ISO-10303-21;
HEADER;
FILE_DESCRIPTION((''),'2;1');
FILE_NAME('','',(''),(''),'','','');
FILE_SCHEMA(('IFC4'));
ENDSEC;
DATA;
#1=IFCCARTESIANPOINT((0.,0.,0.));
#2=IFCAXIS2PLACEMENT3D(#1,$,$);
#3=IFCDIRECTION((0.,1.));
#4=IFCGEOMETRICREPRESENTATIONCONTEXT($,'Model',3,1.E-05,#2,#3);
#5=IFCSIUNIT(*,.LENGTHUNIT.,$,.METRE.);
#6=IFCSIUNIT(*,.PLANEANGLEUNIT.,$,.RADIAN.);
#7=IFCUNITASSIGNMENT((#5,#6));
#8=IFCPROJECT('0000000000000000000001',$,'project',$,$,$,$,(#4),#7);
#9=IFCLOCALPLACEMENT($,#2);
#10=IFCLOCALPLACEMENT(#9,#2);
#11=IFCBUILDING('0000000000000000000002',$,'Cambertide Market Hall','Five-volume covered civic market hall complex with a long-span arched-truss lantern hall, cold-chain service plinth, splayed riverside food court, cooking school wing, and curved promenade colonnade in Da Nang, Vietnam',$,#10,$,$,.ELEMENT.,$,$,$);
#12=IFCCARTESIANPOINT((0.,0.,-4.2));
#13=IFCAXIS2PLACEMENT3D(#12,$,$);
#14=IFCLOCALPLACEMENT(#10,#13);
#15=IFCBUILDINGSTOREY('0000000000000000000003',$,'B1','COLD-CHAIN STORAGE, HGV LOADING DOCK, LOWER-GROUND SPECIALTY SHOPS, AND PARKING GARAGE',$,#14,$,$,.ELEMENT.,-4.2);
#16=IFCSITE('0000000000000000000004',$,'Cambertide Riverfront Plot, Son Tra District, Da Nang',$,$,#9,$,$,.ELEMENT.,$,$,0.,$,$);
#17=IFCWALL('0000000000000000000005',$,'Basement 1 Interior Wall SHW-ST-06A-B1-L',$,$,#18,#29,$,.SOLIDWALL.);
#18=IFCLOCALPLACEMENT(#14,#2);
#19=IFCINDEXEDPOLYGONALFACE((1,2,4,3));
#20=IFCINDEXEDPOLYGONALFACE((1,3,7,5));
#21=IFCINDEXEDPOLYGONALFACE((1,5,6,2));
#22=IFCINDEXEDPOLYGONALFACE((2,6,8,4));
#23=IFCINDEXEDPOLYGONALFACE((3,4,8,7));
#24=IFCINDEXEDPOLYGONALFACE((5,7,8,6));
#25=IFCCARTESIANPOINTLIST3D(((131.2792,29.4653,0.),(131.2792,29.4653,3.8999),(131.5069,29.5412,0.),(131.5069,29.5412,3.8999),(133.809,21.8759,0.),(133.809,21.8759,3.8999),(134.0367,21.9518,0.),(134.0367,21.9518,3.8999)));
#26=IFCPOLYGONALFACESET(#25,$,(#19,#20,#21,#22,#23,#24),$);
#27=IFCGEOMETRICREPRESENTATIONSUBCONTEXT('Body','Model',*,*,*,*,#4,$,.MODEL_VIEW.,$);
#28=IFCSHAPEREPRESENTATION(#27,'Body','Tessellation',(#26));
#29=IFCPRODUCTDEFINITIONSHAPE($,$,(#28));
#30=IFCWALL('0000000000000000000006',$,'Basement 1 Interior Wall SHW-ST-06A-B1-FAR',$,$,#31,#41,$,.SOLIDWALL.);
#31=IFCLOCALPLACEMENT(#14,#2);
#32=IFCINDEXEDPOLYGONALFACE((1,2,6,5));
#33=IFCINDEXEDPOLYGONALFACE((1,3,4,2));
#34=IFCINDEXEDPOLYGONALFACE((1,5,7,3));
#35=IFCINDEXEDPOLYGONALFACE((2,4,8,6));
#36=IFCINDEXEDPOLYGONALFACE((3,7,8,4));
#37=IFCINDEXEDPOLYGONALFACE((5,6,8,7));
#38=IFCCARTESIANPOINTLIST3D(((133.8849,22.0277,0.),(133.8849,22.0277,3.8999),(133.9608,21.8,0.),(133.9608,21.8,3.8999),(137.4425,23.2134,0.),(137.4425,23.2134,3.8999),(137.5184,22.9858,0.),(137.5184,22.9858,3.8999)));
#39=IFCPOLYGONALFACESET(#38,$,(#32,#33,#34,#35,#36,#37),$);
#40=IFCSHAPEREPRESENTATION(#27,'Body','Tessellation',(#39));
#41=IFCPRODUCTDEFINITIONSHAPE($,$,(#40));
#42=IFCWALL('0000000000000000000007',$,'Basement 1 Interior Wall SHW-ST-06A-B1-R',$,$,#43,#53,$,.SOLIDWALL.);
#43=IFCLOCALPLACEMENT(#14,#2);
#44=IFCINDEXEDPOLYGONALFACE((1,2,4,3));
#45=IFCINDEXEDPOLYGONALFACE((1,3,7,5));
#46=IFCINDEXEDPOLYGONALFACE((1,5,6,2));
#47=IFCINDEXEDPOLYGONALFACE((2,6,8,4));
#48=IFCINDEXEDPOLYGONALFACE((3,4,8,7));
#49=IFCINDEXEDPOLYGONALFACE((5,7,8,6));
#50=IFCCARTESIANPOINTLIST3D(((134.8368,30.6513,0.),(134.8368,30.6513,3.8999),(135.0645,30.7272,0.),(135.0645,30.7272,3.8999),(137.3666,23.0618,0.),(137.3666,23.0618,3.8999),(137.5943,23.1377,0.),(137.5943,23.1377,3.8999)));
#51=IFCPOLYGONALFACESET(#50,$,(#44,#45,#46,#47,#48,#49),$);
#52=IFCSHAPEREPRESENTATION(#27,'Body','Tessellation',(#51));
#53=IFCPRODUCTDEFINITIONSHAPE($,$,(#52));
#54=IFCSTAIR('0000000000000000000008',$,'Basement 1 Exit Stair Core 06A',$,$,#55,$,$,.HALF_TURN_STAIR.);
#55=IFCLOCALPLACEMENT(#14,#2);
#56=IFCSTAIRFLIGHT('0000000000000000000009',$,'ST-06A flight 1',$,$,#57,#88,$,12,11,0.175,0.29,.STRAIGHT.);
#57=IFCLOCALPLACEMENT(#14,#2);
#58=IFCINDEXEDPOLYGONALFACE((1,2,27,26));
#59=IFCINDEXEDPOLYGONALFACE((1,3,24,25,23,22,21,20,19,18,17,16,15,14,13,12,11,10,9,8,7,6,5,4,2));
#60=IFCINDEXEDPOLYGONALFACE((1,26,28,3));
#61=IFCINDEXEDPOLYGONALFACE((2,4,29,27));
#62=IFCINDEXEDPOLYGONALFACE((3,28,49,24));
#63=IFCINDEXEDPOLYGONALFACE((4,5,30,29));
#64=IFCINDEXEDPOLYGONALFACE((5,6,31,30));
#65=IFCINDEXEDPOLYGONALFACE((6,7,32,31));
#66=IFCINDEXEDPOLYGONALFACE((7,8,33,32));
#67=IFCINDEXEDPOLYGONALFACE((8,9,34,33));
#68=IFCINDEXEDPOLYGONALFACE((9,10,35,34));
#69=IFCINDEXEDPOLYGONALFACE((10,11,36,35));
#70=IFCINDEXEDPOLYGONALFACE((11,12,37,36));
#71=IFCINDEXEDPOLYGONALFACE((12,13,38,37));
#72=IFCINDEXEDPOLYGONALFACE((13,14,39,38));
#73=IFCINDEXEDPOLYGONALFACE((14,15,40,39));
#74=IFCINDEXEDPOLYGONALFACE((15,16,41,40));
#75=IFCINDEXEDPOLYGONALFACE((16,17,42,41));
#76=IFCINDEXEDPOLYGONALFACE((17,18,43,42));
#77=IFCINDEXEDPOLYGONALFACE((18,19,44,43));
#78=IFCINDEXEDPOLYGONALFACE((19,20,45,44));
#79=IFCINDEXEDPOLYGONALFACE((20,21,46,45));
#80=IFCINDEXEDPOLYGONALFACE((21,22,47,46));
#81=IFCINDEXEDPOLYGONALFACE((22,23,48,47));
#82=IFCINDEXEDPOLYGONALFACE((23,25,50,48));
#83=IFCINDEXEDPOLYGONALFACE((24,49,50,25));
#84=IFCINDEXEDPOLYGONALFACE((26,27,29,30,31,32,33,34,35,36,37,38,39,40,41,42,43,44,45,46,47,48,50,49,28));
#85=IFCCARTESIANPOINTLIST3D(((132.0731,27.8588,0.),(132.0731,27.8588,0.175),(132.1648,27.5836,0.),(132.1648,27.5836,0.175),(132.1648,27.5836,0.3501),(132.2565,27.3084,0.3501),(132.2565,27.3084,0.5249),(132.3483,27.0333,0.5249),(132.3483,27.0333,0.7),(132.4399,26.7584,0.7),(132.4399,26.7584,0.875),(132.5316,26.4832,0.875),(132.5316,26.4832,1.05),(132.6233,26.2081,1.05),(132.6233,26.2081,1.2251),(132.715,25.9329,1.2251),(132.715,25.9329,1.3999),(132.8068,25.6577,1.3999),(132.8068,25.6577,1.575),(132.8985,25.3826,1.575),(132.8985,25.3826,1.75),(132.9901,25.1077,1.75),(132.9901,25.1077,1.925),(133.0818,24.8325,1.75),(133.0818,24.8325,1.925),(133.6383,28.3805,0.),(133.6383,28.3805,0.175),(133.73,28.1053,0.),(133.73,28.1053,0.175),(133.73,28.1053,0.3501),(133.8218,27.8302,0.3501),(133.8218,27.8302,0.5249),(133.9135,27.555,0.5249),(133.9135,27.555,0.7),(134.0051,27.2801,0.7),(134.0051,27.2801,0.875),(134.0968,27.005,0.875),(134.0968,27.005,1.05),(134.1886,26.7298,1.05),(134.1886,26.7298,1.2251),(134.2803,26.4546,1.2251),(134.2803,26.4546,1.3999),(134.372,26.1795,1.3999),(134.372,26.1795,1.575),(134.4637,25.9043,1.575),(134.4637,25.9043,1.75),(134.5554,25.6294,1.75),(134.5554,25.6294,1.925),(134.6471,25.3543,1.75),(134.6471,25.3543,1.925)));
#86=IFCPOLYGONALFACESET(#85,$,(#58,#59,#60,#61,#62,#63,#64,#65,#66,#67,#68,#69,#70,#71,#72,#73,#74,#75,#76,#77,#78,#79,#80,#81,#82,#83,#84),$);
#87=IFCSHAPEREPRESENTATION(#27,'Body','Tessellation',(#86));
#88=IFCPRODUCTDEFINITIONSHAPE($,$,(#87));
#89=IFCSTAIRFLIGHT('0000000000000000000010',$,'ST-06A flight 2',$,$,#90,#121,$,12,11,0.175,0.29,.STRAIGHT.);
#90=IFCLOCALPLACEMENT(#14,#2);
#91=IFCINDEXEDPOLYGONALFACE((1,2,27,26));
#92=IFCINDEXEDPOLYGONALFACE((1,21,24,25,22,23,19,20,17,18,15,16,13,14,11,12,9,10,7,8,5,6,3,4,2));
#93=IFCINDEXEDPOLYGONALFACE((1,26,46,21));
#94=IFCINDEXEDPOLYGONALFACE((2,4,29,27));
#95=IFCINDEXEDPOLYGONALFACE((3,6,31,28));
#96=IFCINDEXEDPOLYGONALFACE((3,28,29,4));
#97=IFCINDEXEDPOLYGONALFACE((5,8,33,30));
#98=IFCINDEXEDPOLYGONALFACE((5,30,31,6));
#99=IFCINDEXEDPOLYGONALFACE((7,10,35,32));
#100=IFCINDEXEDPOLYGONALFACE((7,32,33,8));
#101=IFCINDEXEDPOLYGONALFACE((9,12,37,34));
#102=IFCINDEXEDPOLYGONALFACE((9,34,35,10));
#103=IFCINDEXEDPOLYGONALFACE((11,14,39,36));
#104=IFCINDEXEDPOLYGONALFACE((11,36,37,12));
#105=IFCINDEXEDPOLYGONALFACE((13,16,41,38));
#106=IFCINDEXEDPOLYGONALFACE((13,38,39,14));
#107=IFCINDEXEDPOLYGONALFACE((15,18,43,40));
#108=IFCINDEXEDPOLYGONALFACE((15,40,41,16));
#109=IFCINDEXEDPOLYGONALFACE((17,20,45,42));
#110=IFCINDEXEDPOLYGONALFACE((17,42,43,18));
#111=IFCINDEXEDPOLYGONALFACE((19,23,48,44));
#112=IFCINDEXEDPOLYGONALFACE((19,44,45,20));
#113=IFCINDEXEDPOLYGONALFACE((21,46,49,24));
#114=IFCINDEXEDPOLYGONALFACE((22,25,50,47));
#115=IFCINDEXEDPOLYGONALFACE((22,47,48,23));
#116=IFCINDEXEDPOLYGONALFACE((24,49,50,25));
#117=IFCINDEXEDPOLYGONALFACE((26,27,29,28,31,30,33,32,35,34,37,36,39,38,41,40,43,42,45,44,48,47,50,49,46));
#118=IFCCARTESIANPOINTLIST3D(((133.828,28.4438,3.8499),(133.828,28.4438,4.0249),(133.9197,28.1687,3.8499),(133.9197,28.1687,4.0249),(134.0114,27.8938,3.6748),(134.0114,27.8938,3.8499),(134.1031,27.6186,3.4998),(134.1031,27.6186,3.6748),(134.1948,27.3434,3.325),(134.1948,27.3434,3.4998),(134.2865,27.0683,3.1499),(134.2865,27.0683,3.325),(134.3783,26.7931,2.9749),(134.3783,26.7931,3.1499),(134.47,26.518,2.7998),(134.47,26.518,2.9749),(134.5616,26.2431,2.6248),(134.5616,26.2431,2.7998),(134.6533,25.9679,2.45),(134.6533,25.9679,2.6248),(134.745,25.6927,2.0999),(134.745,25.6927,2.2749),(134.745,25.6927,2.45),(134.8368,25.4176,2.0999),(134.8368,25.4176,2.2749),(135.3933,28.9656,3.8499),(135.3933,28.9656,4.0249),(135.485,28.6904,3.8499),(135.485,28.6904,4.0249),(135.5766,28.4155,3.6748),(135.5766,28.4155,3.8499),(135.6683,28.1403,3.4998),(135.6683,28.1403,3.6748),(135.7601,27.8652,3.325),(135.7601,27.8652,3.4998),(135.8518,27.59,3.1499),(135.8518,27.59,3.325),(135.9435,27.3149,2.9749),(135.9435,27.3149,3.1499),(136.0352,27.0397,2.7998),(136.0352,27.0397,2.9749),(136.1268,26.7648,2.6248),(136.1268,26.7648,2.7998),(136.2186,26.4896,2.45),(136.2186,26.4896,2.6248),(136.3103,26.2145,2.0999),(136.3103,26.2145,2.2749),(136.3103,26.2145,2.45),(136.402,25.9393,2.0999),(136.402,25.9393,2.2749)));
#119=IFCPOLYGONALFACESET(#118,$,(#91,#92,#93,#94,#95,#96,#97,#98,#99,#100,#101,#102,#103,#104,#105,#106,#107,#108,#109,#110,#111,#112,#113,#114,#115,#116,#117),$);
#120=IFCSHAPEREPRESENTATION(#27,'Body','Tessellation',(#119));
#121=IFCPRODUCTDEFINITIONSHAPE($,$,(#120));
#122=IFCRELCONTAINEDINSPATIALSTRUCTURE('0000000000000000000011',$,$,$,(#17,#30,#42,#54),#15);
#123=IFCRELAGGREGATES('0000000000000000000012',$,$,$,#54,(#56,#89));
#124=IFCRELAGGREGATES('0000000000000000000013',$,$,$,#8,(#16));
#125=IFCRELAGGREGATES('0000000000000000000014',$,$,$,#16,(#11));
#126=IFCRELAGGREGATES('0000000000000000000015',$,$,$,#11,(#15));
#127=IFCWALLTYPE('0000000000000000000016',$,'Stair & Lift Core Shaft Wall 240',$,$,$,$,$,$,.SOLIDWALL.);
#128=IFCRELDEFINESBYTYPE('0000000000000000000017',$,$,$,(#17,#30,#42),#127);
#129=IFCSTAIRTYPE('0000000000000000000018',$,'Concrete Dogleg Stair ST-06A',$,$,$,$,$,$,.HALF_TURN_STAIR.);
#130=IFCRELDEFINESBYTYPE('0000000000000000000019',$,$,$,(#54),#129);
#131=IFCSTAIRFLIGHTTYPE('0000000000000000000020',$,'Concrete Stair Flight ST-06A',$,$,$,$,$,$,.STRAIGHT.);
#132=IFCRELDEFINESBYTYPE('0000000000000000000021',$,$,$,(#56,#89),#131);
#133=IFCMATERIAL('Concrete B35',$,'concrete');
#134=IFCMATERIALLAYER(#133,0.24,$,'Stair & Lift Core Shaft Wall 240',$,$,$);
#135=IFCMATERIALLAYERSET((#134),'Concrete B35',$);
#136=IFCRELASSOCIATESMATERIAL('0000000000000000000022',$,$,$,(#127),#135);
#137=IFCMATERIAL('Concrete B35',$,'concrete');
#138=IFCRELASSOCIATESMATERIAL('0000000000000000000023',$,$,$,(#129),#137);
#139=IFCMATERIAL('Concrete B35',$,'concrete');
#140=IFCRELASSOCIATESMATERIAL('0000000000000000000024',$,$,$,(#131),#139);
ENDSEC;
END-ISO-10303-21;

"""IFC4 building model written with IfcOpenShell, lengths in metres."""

from ifc_helpers import new_model, si_unit, direction, frame, frame_2d, origin, place, context, subcontext, project, spatial, polyline, rectangle, outline, extrude, material, layer, layer_set, type_object, element, aggregate, save


model = new_model("IFC4")

# Units and contexts
model_context = context("Model", 3, precision=1e-05, world=origin(), true_north=direction((0.0, 1.0)))
body_context = subcontext(model_context, "Body", "Model", "MODEL_VIEW")
ifc_project = project(units=[si_unit("LENGTHUNIT", "METRE"), si_unit("PLANEANGLEUNIT", "RADIAN")], contexts=[model_context])

# Site, building, storey
site_placement = place(None, origin())
site = spatial("IfcSite", under=ifc_project, at=site_placement, Name="Cambertide Riverfront Plot, Son Tra District, Da Nang", CompositionType="ELEMENT", RefElevation=0.0)
building_placement = place(site_placement, origin())
building = spatial("IfcBuilding", under=site, at=building_placement, Name="Cambertide Market Hall", Description="Five-volume covered civic market hall complex with a long-span arched-truss lantern hall, cold-chain service plinth, splayed riverside food court, cooking school wing, and curved promenade colonnade in Da Nang, Vietnam", CompositionType="ELEMENT")
storey_placement = place(building_placement, frame((0.0, 0.0, -4.2)))
storey = spatial("IfcBuildingStorey", under=building, at=storey_placement, Name="B1", Description="COLD-CHAIN STORAGE, HGV LOADING DOCK, LOWER-GROUND SPECIALTY SHOPS, AND PARKING GARAGE", CompositionType="ELEMENT", Elevation=-4.2)

# Shared definitions
ifc_material_1 = material(Name="Concrete B35", Category="concrete")
ifc_layer_1 = layer(ifc_material_1, 0.24, Name="Stair & Lift Core Shaft Wall 240")
ifc_layer_set_1 = layer_set([ifc_layer_1], Name="Concrete B35")
wall_type_1 = type_object("IfcWallType", Name="Stair & Lift Core Shaft Wall 240", PredefinedType="SOLIDWALL", material=ifc_layer_set_1)

# Walls
wall_1_placement = place(storey_placement, frame((133.9229, 21.9138, 0.0), z_axis=(0.0, 0.0, 1.0), x_axis=(-0.316228, 0.948683, 0.0)))
element("IfcWall", 1, at=wall_1_placement, inside=storey, type_object=wall_type_1, Name="Basement 1 Interior Wall SHW-ST-06A-B1-L", PredefinedType="SOLIDWALL", context=body_context, shape_type="SweptSolid", body=[
    extrude(rectangle(XDim=8.0, YDim=0.24, at=frame_2d((4.0, 0.0))), origin(), (0.0, 0.0, 1.0), 3.8999),
])
wall_2_placement = place(storey_placement, frame((137.4805, 23.0996, 0.0), z_axis=(0.0, 0.0, 1.0), x_axis=(-0.94869, -0.316208, 0.0)))
element("IfcWall", 2, at=wall_2_placement, inside=storey, type_object=wall_type_1, Name="Basement 1 Interior Wall SHW-ST-06A-B1-FAR", PredefinedType="SOLIDWALL", context=body_context, shape_type="SweptSolid", body=[
    extrude(rectangle(XDim=3.75, YDim=0.24, at=frame_2d((1.875, 0.0))), origin(), (0.0, 0.0, 1.0), 3.8999),
])
wall_3_placement = place(storey_placement, frame((134.9507, 30.6892, 0.0), z_axis=(0.0, 0.0, 1.0), x_axis=(0.316219, -0.948686, 0.0)))
element("IfcWall", 3, at=wall_3_placement, inside=storey, type_object=wall_type_1, Name="Basement 1 Interior Wall SHW-ST-06A-B1-R", PredefinedType="SOLIDWALL", context=body_context, shape_type="SweptSolid", body=[
    extrude(rectangle(XDim=8.0, YDim=0.24, at=frame_2d((4.0, 0.0))), origin(), (0.0, 0.0, 1.0), 3.8999),
])

# Stair, stair flights
ifc_material_2 = material(Name="Concrete B35", Category="concrete")
stair_type = type_object("IfcStairType", Name="Concrete Dogleg Stair ST-06A", PredefinedType="HALF_TURN_STAIR", material=ifc_material_2)
stair_placement = place(storey_placement, origin())
stair = element("IfcStair", 4, at=stair_placement, inside=storey, type_object=stair_type, Name="Basement 1 Exit Stair Core 06A", PredefinedType="HALF_TURN_STAIR")
ifc_material_3 = material(Name="Concrete B35", Category="concrete")
stair_flight_type = type_object("IfcStairFlightType", Name="Concrete Stair Flight ST-06A", PredefinedType="STRAIGHT", material=ifc_material_3)
stair_flight_1_placement = place(storey_placement, frame((132.8557, 28.1196, 0.0), z_axis=(0.0, 0.0, 1.0), x_axis=(0.316228, -0.948683, 0.0)))
stair_flight_1 = element("IfcStairFlight", 5, at=stair_flight_1_placement, type_object=stair_flight_type, Name="ST-06A flight 1", NumberOfRisers=12, NumberOfTreads=11, PredefinedType="STRAIGHT", RiserHeight=0.175, TreadLength=0.29, context=body_context, shape_type="SweptSolid", body=[
    extrude(outline(polyline([(0.0, 0.0), (0.0, 0.175), (0.29, 0.175), (0.29, 0.3501), (0.5801, 0.3501), (0.5801, 0.5249), (0.8701, 0.5249), (0.8701, 0.7), (1.1599, 0.7), (1.1599, 0.875), (1.45, 0.875), (1.45, 1.05), (1.74, 1.05), (1.74, 1.2251), (2.03, 1.2251), (2.03, 1.3999), (2.3201, 1.3999), (2.3201, 1.575), (2.6101, 1.575), (2.6101, 1.75), (2.8999, 1.75), (2.8999, 1.925), (3.1899, 1.925), (3.1899, 2.1001), (3.1899, 1.75), (0.29, 0.0), (0.0, 0.0)])), frame((0.0, 0.825, 0.0), z_axis=(0.0, -1.0, 0.0), x_axis=(1.0, 0.0, 0.0)), (0.0, 0.0, 1.0), 1.6499),
])
stair_flight_2_placement = place(storey_placement, frame((135.6194, 25.6785, 2.0999), z_axis=(0.0, 0.0, 1.0), x_axis=(-0.316228, 0.948683, 0.0)))
stair_flight_2 = element("IfcStairFlight", 6, at=stair_flight_2_placement, type_object=stair_flight_type, Name="ST-06A flight 2", NumberOfRisers=12, NumberOfTreads=11, PredefinedType="STRAIGHT", RiserHeight=0.175, TreadLength=0.29, context=body_context, shape_type="SweptSolid", body=[
    extrude(outline(polyline([(0.0, 0.0), (0.0, 0.175), (0.29, 0.175), (0.29, 0.3501), (0.5801, 0.3501), (0.5801, 0.5249), (0.8701, 0.5249), (0.8701, 0.7), (1.1599, 0.7), (1.1599, 0.875), (1.45, 0.875), (1.45, 1.05), (1.74, 1.05), (1.74, 1.2251), (2.03, 1.2251), (2.03, 1.3999), (2.3201, 1.3999), (2.3201, 1.575), (2.6101, 1.575), (2.6101, 1.75), (2.8999, 1.75), (2.8999, 1.925), (3.1899, 1.925), (3.1899, 2.1001), (3.1899, 1.75), (0.29, 0.0), (0.0, 0.0)])), frame((0.0, 0.825, 0.0), z_axis=(0.0, -1.0, 0.0), x_axis=(1.0, 0.0, 0.0)), (0.0, 0.0, 1.0), 1.6499),
])
aggregate(stair, [stair_flight_1, stair_flight_2])

save(model, "model.ifc")
